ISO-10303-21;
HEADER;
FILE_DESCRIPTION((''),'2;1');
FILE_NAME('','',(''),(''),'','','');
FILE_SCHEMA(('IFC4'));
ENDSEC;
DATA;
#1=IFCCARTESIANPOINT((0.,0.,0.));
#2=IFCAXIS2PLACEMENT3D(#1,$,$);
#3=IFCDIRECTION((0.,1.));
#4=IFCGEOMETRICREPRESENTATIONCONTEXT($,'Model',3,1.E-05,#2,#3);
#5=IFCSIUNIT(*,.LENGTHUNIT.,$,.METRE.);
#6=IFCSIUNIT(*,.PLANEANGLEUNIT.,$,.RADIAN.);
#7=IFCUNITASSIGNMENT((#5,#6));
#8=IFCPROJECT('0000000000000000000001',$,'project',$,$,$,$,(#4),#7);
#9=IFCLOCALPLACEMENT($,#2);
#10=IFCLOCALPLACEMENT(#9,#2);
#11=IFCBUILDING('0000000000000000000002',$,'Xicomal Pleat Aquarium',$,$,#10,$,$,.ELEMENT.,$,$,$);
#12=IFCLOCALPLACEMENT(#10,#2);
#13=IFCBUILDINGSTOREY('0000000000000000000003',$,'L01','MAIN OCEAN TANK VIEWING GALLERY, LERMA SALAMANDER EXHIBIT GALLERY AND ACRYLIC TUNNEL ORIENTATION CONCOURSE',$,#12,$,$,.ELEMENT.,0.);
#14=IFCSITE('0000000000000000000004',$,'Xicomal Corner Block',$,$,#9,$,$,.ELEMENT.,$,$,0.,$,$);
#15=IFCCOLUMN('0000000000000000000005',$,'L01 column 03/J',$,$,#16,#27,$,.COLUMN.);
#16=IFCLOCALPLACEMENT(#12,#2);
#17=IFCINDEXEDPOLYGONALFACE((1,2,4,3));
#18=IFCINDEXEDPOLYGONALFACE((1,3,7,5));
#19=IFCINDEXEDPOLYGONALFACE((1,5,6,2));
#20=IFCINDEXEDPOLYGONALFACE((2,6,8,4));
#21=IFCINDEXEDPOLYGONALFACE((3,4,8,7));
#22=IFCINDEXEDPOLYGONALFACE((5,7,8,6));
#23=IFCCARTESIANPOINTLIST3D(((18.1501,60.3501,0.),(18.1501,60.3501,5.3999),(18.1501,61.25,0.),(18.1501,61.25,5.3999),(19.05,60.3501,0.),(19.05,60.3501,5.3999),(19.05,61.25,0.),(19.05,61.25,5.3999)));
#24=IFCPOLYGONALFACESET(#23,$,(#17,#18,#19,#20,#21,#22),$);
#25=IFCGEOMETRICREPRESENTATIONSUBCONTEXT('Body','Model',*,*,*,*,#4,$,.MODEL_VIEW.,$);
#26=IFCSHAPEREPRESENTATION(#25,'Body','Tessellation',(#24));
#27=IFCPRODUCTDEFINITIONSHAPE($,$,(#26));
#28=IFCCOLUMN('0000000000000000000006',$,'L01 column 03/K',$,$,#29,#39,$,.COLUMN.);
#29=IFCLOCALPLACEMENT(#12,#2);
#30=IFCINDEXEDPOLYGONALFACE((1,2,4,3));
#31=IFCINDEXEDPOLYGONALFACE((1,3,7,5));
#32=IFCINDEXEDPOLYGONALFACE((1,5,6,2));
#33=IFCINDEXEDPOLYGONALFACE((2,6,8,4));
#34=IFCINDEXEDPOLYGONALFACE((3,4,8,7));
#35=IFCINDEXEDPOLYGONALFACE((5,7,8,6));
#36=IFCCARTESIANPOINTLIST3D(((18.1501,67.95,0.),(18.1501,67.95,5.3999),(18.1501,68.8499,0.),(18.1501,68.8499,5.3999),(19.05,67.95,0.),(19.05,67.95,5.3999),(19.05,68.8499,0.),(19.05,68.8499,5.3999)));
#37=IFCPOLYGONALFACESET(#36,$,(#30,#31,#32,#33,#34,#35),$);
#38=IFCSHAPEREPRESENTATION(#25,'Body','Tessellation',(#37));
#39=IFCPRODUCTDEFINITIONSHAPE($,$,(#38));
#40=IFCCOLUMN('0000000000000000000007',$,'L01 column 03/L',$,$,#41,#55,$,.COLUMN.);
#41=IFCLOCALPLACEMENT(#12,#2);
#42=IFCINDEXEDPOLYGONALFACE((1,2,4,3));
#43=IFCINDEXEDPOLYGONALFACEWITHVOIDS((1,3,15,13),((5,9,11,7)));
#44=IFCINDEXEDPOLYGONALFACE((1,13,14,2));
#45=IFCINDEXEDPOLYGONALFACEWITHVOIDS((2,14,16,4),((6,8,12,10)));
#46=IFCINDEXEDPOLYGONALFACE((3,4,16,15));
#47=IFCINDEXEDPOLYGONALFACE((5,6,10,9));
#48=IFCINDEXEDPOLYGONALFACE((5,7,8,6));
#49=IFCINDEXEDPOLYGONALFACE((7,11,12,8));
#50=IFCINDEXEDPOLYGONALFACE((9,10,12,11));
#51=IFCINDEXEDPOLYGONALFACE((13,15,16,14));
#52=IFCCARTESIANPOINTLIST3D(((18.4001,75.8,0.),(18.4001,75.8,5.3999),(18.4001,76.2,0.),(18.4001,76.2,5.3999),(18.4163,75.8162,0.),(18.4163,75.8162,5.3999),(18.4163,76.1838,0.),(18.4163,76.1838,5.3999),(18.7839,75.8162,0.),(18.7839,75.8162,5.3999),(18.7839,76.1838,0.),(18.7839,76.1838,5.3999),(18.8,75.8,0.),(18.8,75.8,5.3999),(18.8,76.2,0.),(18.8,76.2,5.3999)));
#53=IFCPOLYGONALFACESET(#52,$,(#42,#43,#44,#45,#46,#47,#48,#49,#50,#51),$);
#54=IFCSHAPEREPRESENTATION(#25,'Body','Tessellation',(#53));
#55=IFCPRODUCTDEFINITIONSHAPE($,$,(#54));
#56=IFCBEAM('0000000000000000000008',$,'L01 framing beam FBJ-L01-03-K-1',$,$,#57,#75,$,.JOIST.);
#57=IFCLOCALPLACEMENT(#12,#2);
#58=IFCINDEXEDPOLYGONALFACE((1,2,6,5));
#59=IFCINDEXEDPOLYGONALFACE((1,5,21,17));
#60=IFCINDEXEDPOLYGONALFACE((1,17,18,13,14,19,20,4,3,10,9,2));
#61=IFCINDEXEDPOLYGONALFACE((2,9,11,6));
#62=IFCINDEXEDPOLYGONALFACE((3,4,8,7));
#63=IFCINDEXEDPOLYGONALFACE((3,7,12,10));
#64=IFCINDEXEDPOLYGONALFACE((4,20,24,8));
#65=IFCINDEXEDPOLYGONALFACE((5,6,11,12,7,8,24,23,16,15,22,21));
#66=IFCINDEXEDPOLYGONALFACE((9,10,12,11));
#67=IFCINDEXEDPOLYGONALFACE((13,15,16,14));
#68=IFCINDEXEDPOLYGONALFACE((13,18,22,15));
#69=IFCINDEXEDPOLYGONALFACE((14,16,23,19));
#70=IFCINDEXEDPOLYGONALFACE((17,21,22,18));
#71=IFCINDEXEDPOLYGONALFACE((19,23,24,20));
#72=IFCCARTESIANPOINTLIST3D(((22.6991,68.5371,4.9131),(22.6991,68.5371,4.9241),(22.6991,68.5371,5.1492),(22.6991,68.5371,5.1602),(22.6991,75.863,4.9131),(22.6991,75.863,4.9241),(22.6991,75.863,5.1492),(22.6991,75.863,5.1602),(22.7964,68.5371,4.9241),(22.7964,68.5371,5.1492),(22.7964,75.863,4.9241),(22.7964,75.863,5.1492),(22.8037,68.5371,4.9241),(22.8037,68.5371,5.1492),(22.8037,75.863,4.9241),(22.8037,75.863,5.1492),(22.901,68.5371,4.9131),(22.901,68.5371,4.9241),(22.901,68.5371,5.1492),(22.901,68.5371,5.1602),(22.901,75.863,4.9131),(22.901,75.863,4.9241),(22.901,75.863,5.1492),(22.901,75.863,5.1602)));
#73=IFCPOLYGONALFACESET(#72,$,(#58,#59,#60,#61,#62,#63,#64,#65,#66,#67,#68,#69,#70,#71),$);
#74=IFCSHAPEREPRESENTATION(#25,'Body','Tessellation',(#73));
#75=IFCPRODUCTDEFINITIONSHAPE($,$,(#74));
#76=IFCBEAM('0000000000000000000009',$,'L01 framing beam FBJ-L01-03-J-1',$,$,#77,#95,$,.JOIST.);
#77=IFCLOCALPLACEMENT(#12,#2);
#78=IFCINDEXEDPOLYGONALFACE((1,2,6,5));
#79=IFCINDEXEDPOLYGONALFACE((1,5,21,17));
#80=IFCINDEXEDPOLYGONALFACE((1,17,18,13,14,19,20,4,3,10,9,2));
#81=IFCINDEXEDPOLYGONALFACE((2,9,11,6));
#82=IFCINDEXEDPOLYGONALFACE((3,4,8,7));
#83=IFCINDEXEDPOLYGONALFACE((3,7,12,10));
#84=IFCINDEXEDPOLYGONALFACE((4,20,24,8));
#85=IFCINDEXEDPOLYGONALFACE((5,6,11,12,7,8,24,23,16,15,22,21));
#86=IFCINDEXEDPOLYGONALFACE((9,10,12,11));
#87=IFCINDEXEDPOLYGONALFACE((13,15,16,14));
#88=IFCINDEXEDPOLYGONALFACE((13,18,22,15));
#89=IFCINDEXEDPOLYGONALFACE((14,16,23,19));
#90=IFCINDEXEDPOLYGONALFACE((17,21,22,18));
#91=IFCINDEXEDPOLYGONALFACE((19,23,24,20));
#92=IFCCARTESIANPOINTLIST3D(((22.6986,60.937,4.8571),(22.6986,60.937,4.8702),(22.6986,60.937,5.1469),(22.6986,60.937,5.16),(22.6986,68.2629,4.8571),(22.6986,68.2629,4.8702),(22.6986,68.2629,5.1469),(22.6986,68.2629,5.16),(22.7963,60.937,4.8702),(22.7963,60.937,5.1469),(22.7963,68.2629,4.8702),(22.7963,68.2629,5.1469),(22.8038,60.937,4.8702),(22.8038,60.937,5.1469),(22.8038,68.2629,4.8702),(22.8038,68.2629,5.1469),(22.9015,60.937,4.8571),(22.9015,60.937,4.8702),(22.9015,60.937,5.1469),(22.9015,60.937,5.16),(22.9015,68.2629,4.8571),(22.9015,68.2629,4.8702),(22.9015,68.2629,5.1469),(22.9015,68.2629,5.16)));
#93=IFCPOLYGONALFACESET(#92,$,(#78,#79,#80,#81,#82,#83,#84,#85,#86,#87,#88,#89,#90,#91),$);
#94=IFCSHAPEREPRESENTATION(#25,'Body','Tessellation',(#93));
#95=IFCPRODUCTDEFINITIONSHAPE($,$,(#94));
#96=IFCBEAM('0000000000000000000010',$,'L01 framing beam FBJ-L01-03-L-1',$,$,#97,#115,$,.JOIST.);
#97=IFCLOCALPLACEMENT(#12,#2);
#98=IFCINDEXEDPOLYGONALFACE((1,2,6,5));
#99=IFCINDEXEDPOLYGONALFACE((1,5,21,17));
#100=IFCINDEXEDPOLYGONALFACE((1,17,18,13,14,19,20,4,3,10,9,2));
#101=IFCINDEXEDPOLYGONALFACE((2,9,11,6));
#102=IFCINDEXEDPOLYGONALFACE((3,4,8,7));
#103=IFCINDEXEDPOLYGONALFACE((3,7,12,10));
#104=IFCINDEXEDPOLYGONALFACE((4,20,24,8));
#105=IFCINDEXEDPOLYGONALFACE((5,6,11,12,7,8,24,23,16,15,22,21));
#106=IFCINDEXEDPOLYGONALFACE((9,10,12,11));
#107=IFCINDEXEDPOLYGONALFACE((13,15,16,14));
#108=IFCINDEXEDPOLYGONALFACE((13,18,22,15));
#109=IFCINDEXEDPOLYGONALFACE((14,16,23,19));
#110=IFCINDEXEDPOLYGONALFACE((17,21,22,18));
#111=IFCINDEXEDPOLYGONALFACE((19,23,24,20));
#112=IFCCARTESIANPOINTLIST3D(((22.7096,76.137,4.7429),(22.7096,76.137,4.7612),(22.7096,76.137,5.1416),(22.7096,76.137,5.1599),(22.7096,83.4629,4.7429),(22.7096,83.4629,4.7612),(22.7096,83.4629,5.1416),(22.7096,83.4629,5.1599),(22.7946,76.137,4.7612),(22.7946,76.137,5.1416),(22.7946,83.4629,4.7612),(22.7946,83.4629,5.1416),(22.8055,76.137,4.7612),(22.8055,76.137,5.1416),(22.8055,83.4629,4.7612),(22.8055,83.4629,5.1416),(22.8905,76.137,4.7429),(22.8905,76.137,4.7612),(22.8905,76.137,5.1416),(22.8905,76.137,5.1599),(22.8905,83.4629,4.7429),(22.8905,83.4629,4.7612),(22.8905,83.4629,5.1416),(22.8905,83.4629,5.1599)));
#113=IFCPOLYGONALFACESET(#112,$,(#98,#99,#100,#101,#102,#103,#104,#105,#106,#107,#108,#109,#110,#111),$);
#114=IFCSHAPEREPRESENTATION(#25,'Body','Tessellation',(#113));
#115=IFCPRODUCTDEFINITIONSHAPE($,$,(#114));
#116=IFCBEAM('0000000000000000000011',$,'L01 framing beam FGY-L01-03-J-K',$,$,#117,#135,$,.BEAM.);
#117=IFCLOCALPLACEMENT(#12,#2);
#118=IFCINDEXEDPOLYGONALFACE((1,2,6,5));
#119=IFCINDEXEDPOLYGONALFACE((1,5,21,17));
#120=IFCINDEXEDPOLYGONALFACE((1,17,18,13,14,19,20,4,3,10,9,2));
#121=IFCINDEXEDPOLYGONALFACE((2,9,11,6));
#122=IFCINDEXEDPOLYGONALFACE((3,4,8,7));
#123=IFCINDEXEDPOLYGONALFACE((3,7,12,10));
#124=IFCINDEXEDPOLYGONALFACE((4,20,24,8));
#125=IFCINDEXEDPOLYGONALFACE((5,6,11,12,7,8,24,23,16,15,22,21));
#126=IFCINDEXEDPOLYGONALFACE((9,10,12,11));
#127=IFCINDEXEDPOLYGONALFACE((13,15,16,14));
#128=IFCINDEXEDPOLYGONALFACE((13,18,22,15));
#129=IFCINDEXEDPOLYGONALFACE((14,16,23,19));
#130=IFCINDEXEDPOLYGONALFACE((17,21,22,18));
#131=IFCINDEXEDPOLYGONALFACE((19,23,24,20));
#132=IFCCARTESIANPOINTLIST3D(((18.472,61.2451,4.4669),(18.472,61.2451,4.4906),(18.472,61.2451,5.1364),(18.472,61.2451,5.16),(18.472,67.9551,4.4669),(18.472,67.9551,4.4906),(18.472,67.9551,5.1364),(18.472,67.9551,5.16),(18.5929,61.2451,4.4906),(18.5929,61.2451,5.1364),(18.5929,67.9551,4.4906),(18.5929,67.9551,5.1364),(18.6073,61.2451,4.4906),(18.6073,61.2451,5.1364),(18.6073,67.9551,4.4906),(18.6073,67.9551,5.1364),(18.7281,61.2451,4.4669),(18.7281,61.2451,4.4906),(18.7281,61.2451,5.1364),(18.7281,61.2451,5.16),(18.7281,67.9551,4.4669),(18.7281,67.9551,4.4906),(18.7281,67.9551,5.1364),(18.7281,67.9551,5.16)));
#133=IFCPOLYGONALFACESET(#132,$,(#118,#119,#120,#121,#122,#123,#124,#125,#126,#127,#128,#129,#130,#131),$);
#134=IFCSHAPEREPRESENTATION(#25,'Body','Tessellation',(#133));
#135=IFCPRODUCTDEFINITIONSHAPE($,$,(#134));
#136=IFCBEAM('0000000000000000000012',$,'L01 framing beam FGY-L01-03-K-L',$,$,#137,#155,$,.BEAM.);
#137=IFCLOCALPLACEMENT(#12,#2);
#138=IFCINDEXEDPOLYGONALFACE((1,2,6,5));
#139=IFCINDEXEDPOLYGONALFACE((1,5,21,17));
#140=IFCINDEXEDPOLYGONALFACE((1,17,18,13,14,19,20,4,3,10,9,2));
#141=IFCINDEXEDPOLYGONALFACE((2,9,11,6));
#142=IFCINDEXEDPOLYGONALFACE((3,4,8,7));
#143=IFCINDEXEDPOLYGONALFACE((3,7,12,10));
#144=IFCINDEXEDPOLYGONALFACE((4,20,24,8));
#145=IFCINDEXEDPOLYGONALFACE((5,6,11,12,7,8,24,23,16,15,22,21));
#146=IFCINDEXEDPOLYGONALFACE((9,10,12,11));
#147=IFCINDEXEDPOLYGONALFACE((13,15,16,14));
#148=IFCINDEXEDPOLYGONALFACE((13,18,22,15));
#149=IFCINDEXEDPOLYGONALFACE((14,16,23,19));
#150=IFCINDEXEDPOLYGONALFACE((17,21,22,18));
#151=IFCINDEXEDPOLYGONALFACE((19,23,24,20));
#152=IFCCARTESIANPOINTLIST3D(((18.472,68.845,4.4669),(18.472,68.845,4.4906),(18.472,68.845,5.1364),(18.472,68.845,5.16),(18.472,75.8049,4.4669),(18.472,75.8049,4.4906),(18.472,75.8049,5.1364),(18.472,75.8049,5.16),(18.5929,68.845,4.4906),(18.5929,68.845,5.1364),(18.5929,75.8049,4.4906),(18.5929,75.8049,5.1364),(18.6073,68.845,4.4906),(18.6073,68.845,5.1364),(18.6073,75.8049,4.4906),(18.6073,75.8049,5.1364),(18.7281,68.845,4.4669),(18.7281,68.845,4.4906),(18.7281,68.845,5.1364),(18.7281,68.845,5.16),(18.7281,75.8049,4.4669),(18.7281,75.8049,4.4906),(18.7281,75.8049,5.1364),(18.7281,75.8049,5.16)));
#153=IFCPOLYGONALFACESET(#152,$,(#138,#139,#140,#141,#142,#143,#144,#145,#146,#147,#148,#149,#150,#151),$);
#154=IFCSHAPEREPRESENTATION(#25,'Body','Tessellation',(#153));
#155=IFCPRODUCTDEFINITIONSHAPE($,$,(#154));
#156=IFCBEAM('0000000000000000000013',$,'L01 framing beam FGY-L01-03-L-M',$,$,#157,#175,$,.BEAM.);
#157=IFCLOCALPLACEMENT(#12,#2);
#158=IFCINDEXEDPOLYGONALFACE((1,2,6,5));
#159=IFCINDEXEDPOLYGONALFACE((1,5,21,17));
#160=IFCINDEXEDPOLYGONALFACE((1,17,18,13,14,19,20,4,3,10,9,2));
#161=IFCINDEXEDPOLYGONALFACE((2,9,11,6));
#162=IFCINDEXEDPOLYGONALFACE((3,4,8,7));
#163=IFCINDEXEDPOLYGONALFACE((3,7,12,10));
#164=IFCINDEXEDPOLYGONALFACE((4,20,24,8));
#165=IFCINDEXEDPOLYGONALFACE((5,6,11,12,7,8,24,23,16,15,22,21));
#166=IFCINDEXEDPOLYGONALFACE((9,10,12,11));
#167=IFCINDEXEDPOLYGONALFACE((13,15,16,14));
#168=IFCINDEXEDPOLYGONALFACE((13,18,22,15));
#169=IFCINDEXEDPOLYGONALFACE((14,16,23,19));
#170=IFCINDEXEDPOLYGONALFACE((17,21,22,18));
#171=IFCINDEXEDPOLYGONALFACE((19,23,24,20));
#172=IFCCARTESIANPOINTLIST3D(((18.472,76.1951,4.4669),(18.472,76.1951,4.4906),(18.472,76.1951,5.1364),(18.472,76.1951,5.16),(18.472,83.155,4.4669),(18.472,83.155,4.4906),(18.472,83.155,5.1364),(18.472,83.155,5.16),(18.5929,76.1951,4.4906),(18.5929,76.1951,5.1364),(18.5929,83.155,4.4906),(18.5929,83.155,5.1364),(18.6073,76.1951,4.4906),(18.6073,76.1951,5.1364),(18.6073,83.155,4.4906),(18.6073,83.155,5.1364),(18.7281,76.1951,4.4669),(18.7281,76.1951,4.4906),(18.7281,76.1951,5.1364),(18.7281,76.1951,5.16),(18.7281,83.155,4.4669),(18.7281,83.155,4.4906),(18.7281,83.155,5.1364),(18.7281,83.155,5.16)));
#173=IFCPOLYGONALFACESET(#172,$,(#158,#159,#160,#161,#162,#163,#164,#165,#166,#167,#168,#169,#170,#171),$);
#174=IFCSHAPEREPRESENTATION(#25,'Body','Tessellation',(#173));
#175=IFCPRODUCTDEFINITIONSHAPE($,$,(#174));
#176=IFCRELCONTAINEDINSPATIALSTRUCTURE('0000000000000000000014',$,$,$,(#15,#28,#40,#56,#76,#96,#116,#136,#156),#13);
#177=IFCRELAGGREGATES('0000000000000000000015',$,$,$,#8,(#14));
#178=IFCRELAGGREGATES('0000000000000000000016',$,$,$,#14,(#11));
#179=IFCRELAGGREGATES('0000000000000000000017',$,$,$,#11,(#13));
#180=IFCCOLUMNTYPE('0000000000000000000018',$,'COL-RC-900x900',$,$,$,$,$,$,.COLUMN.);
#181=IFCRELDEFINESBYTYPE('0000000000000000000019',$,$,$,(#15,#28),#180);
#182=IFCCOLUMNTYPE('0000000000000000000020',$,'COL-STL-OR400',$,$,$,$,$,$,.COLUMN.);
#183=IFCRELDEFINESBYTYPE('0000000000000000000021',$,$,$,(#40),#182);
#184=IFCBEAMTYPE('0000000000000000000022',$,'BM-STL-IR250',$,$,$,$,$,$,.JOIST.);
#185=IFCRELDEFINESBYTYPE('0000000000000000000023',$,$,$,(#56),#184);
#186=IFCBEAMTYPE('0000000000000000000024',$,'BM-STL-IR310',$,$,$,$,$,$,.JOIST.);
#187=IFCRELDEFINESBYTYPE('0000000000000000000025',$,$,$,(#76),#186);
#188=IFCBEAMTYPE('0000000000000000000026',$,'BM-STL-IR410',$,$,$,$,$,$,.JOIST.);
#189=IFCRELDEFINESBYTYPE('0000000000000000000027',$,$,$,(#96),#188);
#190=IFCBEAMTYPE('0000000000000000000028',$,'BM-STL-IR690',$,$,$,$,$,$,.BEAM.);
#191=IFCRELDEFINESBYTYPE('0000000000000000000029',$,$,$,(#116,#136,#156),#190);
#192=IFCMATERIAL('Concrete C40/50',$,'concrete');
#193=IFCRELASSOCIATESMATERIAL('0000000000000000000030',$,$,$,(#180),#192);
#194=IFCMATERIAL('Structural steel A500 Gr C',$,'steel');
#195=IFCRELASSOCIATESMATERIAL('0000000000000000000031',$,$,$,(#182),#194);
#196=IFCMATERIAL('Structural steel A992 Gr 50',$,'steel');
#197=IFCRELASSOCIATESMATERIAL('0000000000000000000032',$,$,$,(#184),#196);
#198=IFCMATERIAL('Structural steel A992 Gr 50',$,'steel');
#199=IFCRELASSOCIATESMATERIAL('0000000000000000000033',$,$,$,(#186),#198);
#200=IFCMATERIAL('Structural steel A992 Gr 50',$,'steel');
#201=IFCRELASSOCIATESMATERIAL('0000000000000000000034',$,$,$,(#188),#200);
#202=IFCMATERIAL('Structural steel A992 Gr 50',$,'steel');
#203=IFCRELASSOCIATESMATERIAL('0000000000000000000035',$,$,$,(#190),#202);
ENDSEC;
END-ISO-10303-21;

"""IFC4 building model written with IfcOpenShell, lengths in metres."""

from ifc_helpers import new_model, si_unit, direction, frame, origin, origin_2d, place, context, subcontext, project, spatial, rectangle, hollow_rectangle, i_section, extrude, material, material_profile, profile_set, type_object, element, save


model = new_model("IFC4")

# Units and contexts
model_context = context("Model", 3, precision=1e-05, world=origin(), true_north=direction((0.0, 1.0)))
body_context = subcontext(model_context, "Body", "Model", "MODEL_VIEW")
ifc_project = project(units=[si_unit("LENGTHUNIT", "METRE"), si_unit("PLANEANGLEUNIT", "RADIAN")], contexts=[model_context])

# Site, building, storey
site_placement = place(None, origin())
site = spatial("IfcSite", under=ifc_project, at=site_placement, Name="Xicomal Corner Block", CompositionType="ELEMENT", RefElevation=0.0)
building_placement = place(site_placement, origin())
building = spatial("IfcBuilding", under=site, at=building_placement, Name="Xicomal Pleat Aquarium", CompositionType="ELEMENT")
storey_placement = place(building_placement, origin())
storey = spatial("IfcBuildingStorey", under=building, at=storey_placement, Name="L01", Description="MAIN OCEAN TANK VIEWING GALLERY, LERMA SALAMANDER EXHIBIT GALLERY AND ACRYLIC TUNNEL ORIENTATION CONCOURSE", CompositionType="ELEMENT", Elevation=0.0)

# Columns
ifc_material_1 = material(Name="Concrete C40/50", Category="concrete")
ifc_material_profile_1 = material_profile(ifc_material_1, rectangle(XDim=0.8999, YDim=0.8999, at=origin_2d()), Name="RC 900x900")
ifc_profile_set_1 = profile_set([ifc_material_profile_1], Name="Concrete C40/50")
column_type_1 = type_object("IfcColumnType", Name="COL-RC-900x900", PredefinedType="COLUMN", material=ifc_profile_set_1)
for number, where, z_axis, x_axis, name in (
    (1, (18.6001, 60.8, 0.0), (0.0, 0.0, 1.0), (1.0, 0.0, 0.0), "L01 column 03/J"),
    (2, (18.6001, 68.3999, 0.0), (0.0, 0.0, 1.0), (1.0, 0.0, 0.0), "L01 column 03/K"),
):
    element("IfcColumn", number, at=place(storey_placement, frame(where, z_axis=z_axis, x_axis=x_axis)), inside=storey, type_object=column_type_1, Name=name, PredefinedType="COLUMN", context=body_context, shape_type="SweptSolid", body=[
        extrude(rectangle(XDim=0.8999, YDim=0.8999, at=origin_2d()), origin(), (0.0, 0.0, 1.0), 5.3999),
    ])
ifc_material_2 = material(Name="Structural steel A500 Gr C", Category="steel")
ifc_material_profile_2 = material_profile(ifc_material_2, hollow_rectangle(XDim=0.3999, YDim=0.3999, WallThickness=0.0161, at=origin_2d()), Name="OR 400x400x16")
ifc_profile_set_2 = profile_set([ifc_material_profile_2], Name="Structural steel A500 Gr C")
column_type_2 = type_object("IfcColumnType", Name="COL-STL-OR400", PredefinedType="COLUMN", material=ifc_profile_set_2)
column_placement = place(storey_placement, frame((18.6001, 76.0, 0.0), z_axis=(0.0, 0.0, 1.0), x_axis=(1.0, 0.0, 0.0)))
element("IfcColumn", 3, at=column_placement, inside=storey, type_object=column_type_2, Name="L01 column 03/L", PredefinedType="COLUMN", context=body_context, shape_type="SweptSolid", body=[
    extrude(hollow_rectangle(XDim=0.3999, YDim=0.3999, WallThickness=0.0161, at=origin_2d()), origin(), (0.0, 0.0, 1.0), 5.3999),
])

# Beams
ifc_material_3 = material(Name="Structural steel A992 Gr 50", Category="steel")
ifc_material_profile_3 = material_profile(ifc_material_3, i_section(OverallWidth=0.2019, OverallDepth=0.2471, WebThickness=0.0073, FlangeThickness=0.011, at=origin_2d()), Name="IR 250x49")
ifc_profile_set_3 = profile_set([ifc_material_profile_3], Name="Structural steel A992 Gr 50")
beam_type_1 = type_object("IfcBeamType", Name="BM-STL-IR250", PredefinedType="JOIST", material=ifc_profile_set_3)
beam_1_placement = place(storey_placement, frame((22.8, 68.5371, 5.0366), z_axis=(0.0, 1.0, 0.0), x_axis=(-1.0, 0.0, 0.0)))
element("IfcBeam", 4, at=beam_1_placement, inside=storey, type_object=beam_type_1, Name="L01 framing beam FBJ-L01-03-K-1", PredefinedType="JOIST", context=body_context, shape_type="SweptSolid", body=[
    extrude(i_section(OverallWidth=0.2019, OverallDepth=0.2471, WebThickness=0.0073, FlangeThickness=0.011, at=origin_2d()), origin(), (0.0, 0.0, 1.0), 7.3259),
])
ifc_material_4 = material(Name="Structural steel A992 Gr 50", Category="steel")
ifc_material_profile_4 = material_profile(ifc_material_4, i_section(OverallWidth=0.2029, OverallDepth=0.303, WebThickness=0.0076, FlangeThickness=0.0132, at=origin_2d()), Name="IR 310x60")
ifc_profile_set_4 = profile_set([ifc_material_profile_4], Name="Structural steel A992 Gr 50")
beam_type_2 = type_object("IfcBeamType", Name="BM-STL-IR310", PredefinedType="JOIST", material=ifc_profile_set_4)
beam_2_placement = place(storey_placement, frame((22.8, 60.937, 5.0085), z_axis=(0.0, 1.0, 0.0), x_axis=(-1.0, 0.0, 0.0)))
element("IfcBeam", 5, at=beam_2_placement, inside=storey, type_object=beam_type_2, Name="L01 framing beam FBJ-L01-03-J-1", PredefinedType="JOIST", context=body_context, shape_type="SweptSolid", body=[
    extrude(i_section(OverallWidth=0.2029, OverallDepth=0.303, WebThickness=0.0076, FlangeThickness=0.0132, at=origin_2d()), origin(), (0.0, 0.0, 1.0), 7.3259),
])
ifc_material_5 = material(Name="Structural steel A992 Gr 50", Category="steel")
ifc_material_profile_5 = material_profile(ifc_material_5, i_section(OverallWidth=0.1809, OverallDepth=0.417, WebThickness=0.011, FlangeThickness=0.0183, at=origin_2d()), Name="IR 410x85")
ifc_profile_set_5 = profile_set([ifc_material_profile_5], Name="Structural steel A992 Gr 50")
beam_type_3 = type_object("IfcBeamType", Name="BM-STL-IR410", PredefinedType="JOIST", material=ifc_profile_set_5)
beam_3_placement = place(storey_placement, frame((22.8, 76.137, 4.9514), z_axis=(0.0, 1.0, 0.0), x_axis=(-1.0, 0.0, 0.0)))
element("IfcBeam", 6, at=beam_3_placement, inside=storey, type_object=beam_type_3, Name="L01 framing beam FBJ-L01-03-L-1", PredefinedType="JOIST", context=body_context, shape_type="SweptSolid", body=[
    extrude(i_section(OverallWidth=0.1809, OverallDepth=0.417, WebThickness=0.011, FlangeThickness=0.0183, at=origin_2d()), origin(), (0.0, 0.0, 1.0), 7.3259),
])
ifc_material_6 = material(Name="Structural steel A992 Gr 50", Category="steel")
ifc_material_profile_6 = material_profile(ifc_material_6, i_section(OverallWidth=0.2561, OverallDepth=0.6931, WebThickness=0.0144, FlangeThickness=0.0237, at=origin_2d()), Name="IR 690x170")
ifc_profile_set_6 = profile_set([ifc_material_profile_6], Name="Structural steel A992 Gr 50")
beam_type_4 = type_object("IfcBeamType", Name="BM-STL-IR690", PredefinedType="BEAM", material=ifc_profile_set_6)
beam_4_placement = place(storey_placement, frame((18.6001, 61.2451, 4.8135), z_axis=(0.0, 1.0, 0.0), x_axis=(-1.0, 0.0, 0.0)))
element("IfcBeam", 7, at=beam_4_placement, inside=storey, type_object=beam_type_4, Name="L01 framing beam FGY-L01-03-J-K", PredefinedType="BEAM", context=body_context, shape_type="SweptSolid", body=[
    extrude(i_section(OverallWidth=0.2561, OverallDepth=0.6931, WebThickness=0.0144, FlangeThickness=0.0237, at=origin_2d()), origin(), (0.0, 0.0, 1.0), 6.71),
])
for number, where, z_axis, x_axis, name in (
    (8, (18.6001, 68.845, 4.8135), (0.0, 1.0, 0.0), (-1.0, 0.0, 0.0), "L01 framing beam FGY-L01-03-K-L"),
    (9, (18.6001, 76.1951, 4.8135), (0.0, 1.0, 0.0), (-1.0, 0.0, 0.0), "L01 framing beam FGY-L01-03-L-M"),
):
    element("IfcBeam", number, at=place(storey_placement, frame(where, z_axis=z_axis, x_axis=x_axis)), inside=storey, type_object=beam_type_4, Name=name, PredefinedType="BEAM", context=body_context, shape_type="SweptSolid", body=[
        extrude(i_section(OverallWidth=0.2561, OverallDepth=0.6931, WebThickness=0.0144, FlangeThickness=0.0237, at=origin_2d()), origin(), (0.0, 0.0, 1.0), 6.96),
    ])

save(model, "model.ifc")
